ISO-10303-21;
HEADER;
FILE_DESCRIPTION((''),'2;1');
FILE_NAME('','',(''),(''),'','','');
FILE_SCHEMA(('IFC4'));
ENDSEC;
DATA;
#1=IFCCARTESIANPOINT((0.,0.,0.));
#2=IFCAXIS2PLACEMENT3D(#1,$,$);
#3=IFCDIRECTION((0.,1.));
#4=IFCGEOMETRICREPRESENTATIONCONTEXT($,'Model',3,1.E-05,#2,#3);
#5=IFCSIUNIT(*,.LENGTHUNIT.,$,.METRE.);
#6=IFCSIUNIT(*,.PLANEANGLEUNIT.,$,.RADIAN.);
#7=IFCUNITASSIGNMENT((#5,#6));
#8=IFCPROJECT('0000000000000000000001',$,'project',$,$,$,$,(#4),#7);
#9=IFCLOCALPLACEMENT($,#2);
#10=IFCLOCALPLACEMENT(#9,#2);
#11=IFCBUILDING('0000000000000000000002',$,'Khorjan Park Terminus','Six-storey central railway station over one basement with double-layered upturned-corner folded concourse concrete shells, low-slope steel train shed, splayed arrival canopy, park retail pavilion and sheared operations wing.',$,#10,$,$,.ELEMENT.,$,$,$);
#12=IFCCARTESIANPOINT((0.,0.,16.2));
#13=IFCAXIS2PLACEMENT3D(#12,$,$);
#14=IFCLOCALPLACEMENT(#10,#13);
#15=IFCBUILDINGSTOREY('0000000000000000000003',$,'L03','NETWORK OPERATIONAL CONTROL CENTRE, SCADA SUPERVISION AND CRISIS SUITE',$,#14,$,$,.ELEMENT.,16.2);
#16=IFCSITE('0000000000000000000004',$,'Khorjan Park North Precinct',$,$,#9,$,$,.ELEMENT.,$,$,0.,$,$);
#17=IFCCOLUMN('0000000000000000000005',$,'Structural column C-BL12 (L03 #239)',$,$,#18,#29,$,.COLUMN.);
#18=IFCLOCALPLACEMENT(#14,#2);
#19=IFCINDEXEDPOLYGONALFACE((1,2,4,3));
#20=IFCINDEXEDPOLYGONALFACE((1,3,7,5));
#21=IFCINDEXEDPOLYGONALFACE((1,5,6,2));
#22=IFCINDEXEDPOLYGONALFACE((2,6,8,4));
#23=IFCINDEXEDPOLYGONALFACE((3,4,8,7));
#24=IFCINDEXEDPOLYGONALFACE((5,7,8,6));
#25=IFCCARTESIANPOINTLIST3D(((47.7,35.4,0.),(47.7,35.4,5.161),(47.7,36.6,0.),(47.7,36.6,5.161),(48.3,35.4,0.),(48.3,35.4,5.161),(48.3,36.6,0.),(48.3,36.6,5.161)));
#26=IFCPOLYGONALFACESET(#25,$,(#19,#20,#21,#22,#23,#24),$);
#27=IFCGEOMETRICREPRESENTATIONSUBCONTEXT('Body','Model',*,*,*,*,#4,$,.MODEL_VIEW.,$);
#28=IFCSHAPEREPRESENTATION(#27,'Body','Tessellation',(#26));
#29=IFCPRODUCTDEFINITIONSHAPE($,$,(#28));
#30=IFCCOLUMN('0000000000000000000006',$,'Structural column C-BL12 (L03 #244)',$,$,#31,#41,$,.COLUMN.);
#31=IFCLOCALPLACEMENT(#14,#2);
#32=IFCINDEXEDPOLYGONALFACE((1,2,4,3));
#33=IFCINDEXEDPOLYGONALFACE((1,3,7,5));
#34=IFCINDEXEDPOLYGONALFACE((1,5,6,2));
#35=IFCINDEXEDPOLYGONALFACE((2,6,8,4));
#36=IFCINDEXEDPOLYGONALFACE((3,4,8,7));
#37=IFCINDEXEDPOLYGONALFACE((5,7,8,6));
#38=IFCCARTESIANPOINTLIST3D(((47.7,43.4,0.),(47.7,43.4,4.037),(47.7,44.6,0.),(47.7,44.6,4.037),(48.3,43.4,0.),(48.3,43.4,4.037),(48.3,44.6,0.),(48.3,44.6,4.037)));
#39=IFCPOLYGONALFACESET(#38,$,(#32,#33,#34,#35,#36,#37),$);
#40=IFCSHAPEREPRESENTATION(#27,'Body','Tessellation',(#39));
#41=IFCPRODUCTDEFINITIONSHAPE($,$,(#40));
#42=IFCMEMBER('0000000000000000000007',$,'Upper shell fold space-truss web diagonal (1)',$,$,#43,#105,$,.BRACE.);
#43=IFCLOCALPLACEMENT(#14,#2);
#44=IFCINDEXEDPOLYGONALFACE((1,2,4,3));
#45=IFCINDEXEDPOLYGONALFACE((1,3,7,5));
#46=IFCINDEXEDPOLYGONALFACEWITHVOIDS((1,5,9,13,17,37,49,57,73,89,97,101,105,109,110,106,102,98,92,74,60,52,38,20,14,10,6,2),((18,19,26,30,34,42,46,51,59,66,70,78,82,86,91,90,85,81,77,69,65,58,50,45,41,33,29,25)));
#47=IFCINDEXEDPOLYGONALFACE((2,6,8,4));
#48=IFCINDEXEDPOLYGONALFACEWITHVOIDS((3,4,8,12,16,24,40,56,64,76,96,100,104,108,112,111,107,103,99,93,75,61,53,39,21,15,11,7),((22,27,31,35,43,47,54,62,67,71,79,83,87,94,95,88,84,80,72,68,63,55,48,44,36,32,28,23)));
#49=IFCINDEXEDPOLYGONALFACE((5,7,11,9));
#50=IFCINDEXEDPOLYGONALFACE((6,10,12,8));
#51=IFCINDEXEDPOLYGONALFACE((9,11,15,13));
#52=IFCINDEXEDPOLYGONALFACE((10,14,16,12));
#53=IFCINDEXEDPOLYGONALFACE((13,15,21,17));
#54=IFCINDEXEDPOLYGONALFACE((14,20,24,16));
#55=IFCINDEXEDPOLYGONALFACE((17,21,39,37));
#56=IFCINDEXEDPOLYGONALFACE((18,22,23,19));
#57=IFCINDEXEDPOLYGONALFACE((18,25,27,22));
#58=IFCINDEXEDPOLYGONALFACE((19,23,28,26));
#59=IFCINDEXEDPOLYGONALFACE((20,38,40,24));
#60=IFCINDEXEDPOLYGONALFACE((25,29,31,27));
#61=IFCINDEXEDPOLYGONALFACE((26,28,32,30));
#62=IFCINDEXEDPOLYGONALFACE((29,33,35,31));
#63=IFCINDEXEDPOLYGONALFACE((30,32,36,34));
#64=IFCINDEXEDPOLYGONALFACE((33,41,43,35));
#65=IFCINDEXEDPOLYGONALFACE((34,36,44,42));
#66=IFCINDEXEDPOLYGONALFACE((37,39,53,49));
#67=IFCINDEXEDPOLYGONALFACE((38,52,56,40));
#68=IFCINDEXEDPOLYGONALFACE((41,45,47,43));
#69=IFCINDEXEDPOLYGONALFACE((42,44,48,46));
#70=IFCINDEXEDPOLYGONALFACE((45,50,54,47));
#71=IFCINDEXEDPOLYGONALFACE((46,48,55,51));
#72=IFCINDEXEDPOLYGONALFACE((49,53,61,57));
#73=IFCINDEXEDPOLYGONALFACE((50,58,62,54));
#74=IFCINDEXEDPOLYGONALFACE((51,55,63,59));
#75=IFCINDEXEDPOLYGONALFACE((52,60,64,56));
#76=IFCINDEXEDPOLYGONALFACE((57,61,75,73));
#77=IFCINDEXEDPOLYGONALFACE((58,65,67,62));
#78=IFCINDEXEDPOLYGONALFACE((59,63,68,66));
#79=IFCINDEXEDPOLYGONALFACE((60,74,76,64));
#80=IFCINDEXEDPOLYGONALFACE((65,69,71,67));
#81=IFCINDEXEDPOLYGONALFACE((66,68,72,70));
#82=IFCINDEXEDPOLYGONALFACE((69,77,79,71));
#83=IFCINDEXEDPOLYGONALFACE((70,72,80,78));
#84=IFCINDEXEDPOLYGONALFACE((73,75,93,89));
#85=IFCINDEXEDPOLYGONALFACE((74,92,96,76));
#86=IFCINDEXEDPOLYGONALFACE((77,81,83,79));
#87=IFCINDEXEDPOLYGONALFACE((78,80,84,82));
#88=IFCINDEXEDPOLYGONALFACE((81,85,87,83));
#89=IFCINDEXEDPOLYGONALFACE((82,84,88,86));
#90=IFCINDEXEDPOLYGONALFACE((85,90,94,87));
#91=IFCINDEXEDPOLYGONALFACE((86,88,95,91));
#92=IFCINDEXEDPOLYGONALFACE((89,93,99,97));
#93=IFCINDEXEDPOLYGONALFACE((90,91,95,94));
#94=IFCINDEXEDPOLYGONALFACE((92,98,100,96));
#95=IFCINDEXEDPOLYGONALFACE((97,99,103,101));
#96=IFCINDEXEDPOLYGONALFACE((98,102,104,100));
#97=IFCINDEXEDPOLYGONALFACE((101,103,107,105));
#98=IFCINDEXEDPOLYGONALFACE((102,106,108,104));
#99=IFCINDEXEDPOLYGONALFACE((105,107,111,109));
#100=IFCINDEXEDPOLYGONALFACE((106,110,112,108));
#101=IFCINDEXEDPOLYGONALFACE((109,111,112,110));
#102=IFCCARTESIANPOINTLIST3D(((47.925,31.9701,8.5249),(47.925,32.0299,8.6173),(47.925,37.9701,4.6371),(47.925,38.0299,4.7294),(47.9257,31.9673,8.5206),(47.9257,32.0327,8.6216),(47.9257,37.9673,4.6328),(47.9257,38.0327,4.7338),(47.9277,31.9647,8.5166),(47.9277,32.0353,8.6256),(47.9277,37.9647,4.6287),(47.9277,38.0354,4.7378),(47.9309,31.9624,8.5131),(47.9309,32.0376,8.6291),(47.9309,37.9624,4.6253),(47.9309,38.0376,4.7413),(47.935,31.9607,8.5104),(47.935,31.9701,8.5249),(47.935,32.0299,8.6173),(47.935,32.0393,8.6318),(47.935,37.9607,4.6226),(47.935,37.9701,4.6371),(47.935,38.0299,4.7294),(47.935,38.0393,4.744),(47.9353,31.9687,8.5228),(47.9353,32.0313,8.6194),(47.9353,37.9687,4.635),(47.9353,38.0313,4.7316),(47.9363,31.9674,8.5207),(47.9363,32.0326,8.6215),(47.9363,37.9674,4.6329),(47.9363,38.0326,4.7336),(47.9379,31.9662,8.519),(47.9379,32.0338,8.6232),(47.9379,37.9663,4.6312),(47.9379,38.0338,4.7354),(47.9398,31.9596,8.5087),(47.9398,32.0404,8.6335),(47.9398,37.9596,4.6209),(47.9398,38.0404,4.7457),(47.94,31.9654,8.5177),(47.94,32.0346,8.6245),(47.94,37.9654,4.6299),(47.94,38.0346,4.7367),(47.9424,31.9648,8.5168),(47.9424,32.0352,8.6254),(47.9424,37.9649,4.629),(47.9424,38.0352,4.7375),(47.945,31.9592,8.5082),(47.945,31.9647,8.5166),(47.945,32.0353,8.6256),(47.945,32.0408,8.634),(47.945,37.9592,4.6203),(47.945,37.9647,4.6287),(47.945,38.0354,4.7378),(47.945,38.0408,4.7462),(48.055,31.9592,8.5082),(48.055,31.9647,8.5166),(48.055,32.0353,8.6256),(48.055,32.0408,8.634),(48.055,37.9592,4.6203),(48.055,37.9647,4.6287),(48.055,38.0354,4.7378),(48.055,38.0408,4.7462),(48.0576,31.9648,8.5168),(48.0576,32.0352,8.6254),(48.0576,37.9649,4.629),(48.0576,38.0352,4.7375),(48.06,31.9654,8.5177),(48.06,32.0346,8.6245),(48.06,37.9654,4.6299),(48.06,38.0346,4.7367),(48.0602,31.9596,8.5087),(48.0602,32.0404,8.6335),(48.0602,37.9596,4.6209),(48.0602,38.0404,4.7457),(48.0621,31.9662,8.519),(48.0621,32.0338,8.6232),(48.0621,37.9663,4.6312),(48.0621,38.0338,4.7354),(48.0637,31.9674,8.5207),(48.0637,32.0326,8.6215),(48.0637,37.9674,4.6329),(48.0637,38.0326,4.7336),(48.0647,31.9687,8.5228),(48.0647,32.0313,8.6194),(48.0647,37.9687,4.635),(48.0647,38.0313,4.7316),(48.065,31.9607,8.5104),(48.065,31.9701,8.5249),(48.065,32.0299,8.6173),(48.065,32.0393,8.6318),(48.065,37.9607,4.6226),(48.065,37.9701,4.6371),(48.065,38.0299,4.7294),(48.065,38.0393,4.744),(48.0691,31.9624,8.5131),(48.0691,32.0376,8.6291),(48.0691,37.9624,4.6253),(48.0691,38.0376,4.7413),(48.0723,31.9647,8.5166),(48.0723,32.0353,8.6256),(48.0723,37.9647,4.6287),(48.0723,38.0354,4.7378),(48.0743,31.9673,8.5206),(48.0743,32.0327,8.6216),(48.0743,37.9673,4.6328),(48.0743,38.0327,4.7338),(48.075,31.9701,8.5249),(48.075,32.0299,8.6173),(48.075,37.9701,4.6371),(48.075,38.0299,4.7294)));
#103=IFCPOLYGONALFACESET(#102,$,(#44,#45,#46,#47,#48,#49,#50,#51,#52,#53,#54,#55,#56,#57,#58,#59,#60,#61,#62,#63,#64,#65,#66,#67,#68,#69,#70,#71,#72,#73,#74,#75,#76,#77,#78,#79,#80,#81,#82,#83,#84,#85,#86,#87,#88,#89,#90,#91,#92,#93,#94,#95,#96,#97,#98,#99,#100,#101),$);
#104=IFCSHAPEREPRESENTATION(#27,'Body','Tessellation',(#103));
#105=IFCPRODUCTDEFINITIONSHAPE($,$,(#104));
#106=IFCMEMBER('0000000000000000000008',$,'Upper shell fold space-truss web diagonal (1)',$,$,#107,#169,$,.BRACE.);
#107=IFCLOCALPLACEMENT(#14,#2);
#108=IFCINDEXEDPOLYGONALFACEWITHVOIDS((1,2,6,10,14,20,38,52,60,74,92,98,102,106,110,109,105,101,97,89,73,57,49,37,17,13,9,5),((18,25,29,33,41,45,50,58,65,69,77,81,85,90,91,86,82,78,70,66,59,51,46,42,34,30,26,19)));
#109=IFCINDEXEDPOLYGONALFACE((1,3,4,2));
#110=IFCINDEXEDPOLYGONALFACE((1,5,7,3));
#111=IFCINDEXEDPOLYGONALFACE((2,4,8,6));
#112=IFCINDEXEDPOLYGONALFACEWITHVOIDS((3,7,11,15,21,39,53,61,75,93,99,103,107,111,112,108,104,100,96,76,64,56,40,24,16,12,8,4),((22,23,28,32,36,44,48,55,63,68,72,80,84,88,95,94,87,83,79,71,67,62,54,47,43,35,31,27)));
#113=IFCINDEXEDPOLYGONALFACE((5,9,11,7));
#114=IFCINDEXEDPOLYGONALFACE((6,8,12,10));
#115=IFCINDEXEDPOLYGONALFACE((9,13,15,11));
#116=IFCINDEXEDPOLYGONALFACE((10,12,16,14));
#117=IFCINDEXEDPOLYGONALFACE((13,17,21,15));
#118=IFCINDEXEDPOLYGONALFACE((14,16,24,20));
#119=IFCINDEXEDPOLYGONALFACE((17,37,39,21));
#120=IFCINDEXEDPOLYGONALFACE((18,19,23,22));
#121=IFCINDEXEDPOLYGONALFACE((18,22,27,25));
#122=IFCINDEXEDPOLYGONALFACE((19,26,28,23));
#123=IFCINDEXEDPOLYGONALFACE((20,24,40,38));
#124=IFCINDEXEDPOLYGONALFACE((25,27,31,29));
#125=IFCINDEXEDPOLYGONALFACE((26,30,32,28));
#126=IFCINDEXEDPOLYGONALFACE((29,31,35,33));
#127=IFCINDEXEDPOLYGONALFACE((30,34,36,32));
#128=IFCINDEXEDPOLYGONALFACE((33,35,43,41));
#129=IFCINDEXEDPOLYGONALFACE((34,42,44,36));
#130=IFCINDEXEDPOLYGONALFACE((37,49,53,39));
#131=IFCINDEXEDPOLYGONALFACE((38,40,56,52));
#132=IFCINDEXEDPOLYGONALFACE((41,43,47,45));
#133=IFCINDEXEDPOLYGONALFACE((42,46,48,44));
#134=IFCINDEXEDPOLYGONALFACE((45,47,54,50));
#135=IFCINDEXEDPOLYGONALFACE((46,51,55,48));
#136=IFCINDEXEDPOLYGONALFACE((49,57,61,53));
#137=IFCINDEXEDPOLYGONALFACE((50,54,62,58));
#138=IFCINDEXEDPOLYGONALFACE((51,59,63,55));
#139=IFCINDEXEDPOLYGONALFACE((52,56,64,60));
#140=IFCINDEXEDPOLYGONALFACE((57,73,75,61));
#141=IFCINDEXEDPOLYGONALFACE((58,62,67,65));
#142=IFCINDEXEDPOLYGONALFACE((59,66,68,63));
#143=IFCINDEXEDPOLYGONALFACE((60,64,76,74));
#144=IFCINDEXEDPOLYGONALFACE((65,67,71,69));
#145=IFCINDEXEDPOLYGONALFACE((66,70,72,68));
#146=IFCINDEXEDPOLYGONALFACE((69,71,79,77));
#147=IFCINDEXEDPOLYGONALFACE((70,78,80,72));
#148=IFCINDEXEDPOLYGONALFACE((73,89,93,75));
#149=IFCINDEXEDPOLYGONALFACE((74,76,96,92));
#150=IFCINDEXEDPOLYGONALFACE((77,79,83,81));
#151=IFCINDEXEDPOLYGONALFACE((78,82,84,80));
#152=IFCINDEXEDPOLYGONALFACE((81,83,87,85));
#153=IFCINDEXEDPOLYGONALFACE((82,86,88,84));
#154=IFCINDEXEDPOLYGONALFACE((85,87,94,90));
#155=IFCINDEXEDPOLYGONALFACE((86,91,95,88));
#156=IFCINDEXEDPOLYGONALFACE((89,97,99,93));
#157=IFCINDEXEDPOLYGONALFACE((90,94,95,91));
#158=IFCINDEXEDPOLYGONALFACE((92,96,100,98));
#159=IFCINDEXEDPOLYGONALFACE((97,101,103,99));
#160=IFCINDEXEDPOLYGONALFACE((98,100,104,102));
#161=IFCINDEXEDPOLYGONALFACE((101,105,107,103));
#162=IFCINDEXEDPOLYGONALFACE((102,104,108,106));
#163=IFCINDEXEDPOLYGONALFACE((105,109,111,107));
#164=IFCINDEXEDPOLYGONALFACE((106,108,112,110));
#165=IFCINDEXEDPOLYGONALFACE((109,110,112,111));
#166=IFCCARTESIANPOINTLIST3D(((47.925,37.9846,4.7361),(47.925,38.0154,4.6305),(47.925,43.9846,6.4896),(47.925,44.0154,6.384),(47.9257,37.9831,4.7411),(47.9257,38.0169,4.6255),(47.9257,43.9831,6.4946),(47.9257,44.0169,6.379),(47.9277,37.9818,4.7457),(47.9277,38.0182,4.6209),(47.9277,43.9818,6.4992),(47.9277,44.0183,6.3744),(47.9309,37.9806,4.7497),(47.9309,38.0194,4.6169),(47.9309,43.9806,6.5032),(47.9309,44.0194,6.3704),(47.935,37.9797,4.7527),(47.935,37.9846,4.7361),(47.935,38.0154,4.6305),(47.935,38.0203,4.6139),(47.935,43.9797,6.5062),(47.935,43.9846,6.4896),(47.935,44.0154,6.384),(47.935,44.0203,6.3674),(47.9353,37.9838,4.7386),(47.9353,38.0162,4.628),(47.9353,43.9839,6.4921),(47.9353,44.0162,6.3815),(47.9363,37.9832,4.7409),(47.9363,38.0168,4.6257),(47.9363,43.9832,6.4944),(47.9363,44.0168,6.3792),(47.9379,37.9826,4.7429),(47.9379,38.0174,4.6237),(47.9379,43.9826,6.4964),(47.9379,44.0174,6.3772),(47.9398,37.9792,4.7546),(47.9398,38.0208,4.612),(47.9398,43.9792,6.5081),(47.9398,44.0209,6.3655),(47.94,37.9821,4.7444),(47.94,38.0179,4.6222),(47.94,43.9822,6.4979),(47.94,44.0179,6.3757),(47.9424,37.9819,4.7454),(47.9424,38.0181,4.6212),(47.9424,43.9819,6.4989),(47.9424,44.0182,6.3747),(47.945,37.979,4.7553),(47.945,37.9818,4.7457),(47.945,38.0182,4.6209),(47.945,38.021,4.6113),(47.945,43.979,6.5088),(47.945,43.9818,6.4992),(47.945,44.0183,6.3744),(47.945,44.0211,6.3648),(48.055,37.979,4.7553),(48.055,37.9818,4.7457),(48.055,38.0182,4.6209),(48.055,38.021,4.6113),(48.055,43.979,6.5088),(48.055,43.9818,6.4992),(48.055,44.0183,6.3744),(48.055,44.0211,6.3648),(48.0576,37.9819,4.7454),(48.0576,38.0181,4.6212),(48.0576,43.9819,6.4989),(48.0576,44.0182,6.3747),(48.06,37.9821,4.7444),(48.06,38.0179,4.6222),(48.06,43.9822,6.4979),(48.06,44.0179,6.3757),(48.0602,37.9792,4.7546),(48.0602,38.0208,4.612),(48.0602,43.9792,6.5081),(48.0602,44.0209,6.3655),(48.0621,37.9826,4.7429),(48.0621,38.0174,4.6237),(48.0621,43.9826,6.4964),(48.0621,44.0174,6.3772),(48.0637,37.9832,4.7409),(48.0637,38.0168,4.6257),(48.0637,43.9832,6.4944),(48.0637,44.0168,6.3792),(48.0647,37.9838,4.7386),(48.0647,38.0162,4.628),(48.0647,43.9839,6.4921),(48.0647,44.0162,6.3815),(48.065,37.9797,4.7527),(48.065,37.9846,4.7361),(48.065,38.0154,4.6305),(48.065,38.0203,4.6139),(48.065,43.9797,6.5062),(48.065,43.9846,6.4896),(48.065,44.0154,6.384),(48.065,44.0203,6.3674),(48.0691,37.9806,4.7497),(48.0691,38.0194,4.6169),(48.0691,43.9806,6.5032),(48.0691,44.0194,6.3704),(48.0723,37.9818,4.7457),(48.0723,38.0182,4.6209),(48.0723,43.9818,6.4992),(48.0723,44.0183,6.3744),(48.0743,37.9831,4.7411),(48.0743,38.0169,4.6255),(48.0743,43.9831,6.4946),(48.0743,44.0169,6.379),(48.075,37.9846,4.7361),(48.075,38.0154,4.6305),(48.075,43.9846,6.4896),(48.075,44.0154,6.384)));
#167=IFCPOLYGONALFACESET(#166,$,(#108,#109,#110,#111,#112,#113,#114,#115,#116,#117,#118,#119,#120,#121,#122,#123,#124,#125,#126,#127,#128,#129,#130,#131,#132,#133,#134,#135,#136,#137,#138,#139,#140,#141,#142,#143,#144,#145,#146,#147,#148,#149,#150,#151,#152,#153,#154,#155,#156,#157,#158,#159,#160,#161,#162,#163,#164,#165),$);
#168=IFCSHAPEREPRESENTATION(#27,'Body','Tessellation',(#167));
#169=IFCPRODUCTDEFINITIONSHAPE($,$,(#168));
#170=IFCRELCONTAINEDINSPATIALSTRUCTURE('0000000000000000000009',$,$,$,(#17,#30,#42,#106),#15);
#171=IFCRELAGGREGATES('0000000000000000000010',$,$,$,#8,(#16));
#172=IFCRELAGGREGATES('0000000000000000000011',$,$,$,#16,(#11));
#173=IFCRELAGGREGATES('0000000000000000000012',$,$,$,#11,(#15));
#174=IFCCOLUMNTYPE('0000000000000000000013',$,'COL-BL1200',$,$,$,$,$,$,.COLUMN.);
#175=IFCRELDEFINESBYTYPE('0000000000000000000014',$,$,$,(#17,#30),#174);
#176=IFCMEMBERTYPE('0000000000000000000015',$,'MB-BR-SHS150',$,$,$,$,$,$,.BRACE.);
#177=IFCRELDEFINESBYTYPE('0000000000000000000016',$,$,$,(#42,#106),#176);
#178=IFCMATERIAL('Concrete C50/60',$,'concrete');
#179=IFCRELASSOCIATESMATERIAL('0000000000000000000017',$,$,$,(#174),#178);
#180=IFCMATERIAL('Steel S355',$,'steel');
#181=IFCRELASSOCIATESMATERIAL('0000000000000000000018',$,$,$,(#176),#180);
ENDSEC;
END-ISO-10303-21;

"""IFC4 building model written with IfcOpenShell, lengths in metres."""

from ifc_helpers import new_model, si_unit, direction, frame, origin, origin_2d, place, context, subcontext, project, spatial, rectangle, hollow_rectangle, extrude, material, material_profile, profile_set, type_object, element, save


model = new_model("IFC4")

# Units and contexts
model_context = context("Model", 3, precision=1e-05, world=origin(), true_north=direction((0.0, 1.0)))
body_context = subcontext(model_context, "Body", "Model", "MODEL_VIEW")
ifc_project = project(units=[si_unit("LENGTHUNIT", "METRE"), si_unit("PLANEANGLEUNIT", "RADIAN")], contexts=[model_context])

# Site, building, storey
site_placement = place(None, origin())
site = spatial("IfcSite", under=ifc_project, at=site_placement, Name="Khorjan Park North Precinct", CompositionType="ELEMENT", RefElevation=0.0)
building_placement = place(site_placement, origin())
building = spatial("IfcBuilding", under=site, at=building_placement, Name="Khorjan Park Terminus", Description="Six-storey central railway station over one basement with double-layered upturned-corner folded concourse concrete shells, low-slope steel train shed, splayed arrival canopy, park retail pavilion and sheared operations wing.", CompositionType="ELEMENT")
storey_placement = place(building_placement, frame((0.0, 0.0, 16.2)))
storey = spatial("IfcBuildingStorey", under=building, at=storey_placement, Name="L03", Description="NETWORK OPERATIONAL CONTROL CENTRE, SCADA SUPERVISION AND CRISIS SUITE", CompositionType="ELEMENT", Elevation=16.2)

# Columns
ifc_material_1 = material(Name="Concrete C50/60", Category="concrete")
ifc_material_profile_1 = material_profile(ifc_material_1, rectangle(XDim=0.6, YDim=1.2, at=origin_2d()), Name="RC 600x1200")
ifc_profile_set_1 = profile_set([ifc_material_profile_1], Name="Concrete C50/60")
column_type = type_object("IfcColumnType", Name="COL-BL1200", PredefinedType="COLUMN", material=ifc_profile_set_1)
column_1_placement = place(storey_placement, frame((48.0, 36.0, 0.0), z_axis=(0.0, 0.0, 1.0), x_axis=(1.0, 0.0, 0.0)))
element("IfcColumn", 1, at=column_1_placement, inside=storey, type_object=column_type, Name="Structural column C-BL12 (L03 #239)", PredefinedType="COLUMN", context=body_context, shape_type="SweptSolid", body=[
    extrude(rectangle(XDim=0.6, YDim=1.2, at=origin_2d()), origin(), (0.0, 0.0, 1.0), 5.161),
])
column_2_placement = place(storey_placement, frame((48.0, 44.0, 0.0), z_axis=(0.0, 0.0, 1.0), x_axis=(1.0, 0.0, 0.0)))
element("IfcColumn", 2, at=column_2_placement, inside=storey, type_object=column_type, Name="Structural column C-BL12 (L03 #244)", PredefinedType="COLUMN", context=body_context, shape_type="SweptSolid", body=[
    extrude(rectangle(XDim=0.6, YDim=1.2, at=origin_2d()), origin(), (0.0, 0.0, 1.0), 4.037),
])

# Members
ifc_material_2 = material(Name="Steel S355", Category="steel")
ifc_material_profile_2 = material_profile(ifc_material_2, hollow_rectangle(XDim=0.15, YDim=0.15, WallThickness=0.01, InnerFilletRadius=0.01, OuterFilletRadius=0.02, at=origin_2d()), Name="SHS 150x150x10")
ifc_profile_set_2 = profile_set([ifc_material_profile_2], Name="Steel S355")
member_type_1 = type_object("IfcMemberType", Name="MB-BR-SHS150", PredefinedType="BRACE", material=ifc_profile_set_2)
member_1_placement = place(storey_placement, frame((48.0, 32.0, 8.5711), z_axis=(0.0, 0.839222, -0.543788), x_axis=(-1.0, 0.0, 0.0)))
element("IfcMember", 3, at=member_1_placement, inside=storey, type_object=member_type_1, Name="Upper shell fold space-truss web diagonal (1)", PredefinedType="BRACE", context=body_context, shape_type="SweptSolid", body=[
    extrude(hollow_rectangle(XDim=0.15, YDim=0.15, WallThickness=0.01, InnerFilletRadius=0.01, OuterFilletRadius=0.02, at=origin_2d()), origin(), (0.0, 0.0, 1.0), 7.1495),
])
member_2_placement = place(storey_placement, frame((48.0, 38.0, 4.6833), z_axis=(0.0, 0.959849, 0.280516), x_axis=(-1.0, 0.0, 0.0)))
element("IfcMember", 4, at=member_2_placement, inside=storey, type_object=member_type_1, Name="Upper shell fold space-truss web diagonal (1)", PredefinedType="BRACE", context=body_context, shape_type="SweptSolid", body=[
    extrude(hollow_rectangle(XDim=0.15, YDim=0.15, WallThickness=0.01, InnerFilletRadius=0.01, OuterFilletRadius=0.02, at=origin_2d()), origin(), (0.0, 0.0, 1.0), 6.251),
])

save(model, "model.ifc")
